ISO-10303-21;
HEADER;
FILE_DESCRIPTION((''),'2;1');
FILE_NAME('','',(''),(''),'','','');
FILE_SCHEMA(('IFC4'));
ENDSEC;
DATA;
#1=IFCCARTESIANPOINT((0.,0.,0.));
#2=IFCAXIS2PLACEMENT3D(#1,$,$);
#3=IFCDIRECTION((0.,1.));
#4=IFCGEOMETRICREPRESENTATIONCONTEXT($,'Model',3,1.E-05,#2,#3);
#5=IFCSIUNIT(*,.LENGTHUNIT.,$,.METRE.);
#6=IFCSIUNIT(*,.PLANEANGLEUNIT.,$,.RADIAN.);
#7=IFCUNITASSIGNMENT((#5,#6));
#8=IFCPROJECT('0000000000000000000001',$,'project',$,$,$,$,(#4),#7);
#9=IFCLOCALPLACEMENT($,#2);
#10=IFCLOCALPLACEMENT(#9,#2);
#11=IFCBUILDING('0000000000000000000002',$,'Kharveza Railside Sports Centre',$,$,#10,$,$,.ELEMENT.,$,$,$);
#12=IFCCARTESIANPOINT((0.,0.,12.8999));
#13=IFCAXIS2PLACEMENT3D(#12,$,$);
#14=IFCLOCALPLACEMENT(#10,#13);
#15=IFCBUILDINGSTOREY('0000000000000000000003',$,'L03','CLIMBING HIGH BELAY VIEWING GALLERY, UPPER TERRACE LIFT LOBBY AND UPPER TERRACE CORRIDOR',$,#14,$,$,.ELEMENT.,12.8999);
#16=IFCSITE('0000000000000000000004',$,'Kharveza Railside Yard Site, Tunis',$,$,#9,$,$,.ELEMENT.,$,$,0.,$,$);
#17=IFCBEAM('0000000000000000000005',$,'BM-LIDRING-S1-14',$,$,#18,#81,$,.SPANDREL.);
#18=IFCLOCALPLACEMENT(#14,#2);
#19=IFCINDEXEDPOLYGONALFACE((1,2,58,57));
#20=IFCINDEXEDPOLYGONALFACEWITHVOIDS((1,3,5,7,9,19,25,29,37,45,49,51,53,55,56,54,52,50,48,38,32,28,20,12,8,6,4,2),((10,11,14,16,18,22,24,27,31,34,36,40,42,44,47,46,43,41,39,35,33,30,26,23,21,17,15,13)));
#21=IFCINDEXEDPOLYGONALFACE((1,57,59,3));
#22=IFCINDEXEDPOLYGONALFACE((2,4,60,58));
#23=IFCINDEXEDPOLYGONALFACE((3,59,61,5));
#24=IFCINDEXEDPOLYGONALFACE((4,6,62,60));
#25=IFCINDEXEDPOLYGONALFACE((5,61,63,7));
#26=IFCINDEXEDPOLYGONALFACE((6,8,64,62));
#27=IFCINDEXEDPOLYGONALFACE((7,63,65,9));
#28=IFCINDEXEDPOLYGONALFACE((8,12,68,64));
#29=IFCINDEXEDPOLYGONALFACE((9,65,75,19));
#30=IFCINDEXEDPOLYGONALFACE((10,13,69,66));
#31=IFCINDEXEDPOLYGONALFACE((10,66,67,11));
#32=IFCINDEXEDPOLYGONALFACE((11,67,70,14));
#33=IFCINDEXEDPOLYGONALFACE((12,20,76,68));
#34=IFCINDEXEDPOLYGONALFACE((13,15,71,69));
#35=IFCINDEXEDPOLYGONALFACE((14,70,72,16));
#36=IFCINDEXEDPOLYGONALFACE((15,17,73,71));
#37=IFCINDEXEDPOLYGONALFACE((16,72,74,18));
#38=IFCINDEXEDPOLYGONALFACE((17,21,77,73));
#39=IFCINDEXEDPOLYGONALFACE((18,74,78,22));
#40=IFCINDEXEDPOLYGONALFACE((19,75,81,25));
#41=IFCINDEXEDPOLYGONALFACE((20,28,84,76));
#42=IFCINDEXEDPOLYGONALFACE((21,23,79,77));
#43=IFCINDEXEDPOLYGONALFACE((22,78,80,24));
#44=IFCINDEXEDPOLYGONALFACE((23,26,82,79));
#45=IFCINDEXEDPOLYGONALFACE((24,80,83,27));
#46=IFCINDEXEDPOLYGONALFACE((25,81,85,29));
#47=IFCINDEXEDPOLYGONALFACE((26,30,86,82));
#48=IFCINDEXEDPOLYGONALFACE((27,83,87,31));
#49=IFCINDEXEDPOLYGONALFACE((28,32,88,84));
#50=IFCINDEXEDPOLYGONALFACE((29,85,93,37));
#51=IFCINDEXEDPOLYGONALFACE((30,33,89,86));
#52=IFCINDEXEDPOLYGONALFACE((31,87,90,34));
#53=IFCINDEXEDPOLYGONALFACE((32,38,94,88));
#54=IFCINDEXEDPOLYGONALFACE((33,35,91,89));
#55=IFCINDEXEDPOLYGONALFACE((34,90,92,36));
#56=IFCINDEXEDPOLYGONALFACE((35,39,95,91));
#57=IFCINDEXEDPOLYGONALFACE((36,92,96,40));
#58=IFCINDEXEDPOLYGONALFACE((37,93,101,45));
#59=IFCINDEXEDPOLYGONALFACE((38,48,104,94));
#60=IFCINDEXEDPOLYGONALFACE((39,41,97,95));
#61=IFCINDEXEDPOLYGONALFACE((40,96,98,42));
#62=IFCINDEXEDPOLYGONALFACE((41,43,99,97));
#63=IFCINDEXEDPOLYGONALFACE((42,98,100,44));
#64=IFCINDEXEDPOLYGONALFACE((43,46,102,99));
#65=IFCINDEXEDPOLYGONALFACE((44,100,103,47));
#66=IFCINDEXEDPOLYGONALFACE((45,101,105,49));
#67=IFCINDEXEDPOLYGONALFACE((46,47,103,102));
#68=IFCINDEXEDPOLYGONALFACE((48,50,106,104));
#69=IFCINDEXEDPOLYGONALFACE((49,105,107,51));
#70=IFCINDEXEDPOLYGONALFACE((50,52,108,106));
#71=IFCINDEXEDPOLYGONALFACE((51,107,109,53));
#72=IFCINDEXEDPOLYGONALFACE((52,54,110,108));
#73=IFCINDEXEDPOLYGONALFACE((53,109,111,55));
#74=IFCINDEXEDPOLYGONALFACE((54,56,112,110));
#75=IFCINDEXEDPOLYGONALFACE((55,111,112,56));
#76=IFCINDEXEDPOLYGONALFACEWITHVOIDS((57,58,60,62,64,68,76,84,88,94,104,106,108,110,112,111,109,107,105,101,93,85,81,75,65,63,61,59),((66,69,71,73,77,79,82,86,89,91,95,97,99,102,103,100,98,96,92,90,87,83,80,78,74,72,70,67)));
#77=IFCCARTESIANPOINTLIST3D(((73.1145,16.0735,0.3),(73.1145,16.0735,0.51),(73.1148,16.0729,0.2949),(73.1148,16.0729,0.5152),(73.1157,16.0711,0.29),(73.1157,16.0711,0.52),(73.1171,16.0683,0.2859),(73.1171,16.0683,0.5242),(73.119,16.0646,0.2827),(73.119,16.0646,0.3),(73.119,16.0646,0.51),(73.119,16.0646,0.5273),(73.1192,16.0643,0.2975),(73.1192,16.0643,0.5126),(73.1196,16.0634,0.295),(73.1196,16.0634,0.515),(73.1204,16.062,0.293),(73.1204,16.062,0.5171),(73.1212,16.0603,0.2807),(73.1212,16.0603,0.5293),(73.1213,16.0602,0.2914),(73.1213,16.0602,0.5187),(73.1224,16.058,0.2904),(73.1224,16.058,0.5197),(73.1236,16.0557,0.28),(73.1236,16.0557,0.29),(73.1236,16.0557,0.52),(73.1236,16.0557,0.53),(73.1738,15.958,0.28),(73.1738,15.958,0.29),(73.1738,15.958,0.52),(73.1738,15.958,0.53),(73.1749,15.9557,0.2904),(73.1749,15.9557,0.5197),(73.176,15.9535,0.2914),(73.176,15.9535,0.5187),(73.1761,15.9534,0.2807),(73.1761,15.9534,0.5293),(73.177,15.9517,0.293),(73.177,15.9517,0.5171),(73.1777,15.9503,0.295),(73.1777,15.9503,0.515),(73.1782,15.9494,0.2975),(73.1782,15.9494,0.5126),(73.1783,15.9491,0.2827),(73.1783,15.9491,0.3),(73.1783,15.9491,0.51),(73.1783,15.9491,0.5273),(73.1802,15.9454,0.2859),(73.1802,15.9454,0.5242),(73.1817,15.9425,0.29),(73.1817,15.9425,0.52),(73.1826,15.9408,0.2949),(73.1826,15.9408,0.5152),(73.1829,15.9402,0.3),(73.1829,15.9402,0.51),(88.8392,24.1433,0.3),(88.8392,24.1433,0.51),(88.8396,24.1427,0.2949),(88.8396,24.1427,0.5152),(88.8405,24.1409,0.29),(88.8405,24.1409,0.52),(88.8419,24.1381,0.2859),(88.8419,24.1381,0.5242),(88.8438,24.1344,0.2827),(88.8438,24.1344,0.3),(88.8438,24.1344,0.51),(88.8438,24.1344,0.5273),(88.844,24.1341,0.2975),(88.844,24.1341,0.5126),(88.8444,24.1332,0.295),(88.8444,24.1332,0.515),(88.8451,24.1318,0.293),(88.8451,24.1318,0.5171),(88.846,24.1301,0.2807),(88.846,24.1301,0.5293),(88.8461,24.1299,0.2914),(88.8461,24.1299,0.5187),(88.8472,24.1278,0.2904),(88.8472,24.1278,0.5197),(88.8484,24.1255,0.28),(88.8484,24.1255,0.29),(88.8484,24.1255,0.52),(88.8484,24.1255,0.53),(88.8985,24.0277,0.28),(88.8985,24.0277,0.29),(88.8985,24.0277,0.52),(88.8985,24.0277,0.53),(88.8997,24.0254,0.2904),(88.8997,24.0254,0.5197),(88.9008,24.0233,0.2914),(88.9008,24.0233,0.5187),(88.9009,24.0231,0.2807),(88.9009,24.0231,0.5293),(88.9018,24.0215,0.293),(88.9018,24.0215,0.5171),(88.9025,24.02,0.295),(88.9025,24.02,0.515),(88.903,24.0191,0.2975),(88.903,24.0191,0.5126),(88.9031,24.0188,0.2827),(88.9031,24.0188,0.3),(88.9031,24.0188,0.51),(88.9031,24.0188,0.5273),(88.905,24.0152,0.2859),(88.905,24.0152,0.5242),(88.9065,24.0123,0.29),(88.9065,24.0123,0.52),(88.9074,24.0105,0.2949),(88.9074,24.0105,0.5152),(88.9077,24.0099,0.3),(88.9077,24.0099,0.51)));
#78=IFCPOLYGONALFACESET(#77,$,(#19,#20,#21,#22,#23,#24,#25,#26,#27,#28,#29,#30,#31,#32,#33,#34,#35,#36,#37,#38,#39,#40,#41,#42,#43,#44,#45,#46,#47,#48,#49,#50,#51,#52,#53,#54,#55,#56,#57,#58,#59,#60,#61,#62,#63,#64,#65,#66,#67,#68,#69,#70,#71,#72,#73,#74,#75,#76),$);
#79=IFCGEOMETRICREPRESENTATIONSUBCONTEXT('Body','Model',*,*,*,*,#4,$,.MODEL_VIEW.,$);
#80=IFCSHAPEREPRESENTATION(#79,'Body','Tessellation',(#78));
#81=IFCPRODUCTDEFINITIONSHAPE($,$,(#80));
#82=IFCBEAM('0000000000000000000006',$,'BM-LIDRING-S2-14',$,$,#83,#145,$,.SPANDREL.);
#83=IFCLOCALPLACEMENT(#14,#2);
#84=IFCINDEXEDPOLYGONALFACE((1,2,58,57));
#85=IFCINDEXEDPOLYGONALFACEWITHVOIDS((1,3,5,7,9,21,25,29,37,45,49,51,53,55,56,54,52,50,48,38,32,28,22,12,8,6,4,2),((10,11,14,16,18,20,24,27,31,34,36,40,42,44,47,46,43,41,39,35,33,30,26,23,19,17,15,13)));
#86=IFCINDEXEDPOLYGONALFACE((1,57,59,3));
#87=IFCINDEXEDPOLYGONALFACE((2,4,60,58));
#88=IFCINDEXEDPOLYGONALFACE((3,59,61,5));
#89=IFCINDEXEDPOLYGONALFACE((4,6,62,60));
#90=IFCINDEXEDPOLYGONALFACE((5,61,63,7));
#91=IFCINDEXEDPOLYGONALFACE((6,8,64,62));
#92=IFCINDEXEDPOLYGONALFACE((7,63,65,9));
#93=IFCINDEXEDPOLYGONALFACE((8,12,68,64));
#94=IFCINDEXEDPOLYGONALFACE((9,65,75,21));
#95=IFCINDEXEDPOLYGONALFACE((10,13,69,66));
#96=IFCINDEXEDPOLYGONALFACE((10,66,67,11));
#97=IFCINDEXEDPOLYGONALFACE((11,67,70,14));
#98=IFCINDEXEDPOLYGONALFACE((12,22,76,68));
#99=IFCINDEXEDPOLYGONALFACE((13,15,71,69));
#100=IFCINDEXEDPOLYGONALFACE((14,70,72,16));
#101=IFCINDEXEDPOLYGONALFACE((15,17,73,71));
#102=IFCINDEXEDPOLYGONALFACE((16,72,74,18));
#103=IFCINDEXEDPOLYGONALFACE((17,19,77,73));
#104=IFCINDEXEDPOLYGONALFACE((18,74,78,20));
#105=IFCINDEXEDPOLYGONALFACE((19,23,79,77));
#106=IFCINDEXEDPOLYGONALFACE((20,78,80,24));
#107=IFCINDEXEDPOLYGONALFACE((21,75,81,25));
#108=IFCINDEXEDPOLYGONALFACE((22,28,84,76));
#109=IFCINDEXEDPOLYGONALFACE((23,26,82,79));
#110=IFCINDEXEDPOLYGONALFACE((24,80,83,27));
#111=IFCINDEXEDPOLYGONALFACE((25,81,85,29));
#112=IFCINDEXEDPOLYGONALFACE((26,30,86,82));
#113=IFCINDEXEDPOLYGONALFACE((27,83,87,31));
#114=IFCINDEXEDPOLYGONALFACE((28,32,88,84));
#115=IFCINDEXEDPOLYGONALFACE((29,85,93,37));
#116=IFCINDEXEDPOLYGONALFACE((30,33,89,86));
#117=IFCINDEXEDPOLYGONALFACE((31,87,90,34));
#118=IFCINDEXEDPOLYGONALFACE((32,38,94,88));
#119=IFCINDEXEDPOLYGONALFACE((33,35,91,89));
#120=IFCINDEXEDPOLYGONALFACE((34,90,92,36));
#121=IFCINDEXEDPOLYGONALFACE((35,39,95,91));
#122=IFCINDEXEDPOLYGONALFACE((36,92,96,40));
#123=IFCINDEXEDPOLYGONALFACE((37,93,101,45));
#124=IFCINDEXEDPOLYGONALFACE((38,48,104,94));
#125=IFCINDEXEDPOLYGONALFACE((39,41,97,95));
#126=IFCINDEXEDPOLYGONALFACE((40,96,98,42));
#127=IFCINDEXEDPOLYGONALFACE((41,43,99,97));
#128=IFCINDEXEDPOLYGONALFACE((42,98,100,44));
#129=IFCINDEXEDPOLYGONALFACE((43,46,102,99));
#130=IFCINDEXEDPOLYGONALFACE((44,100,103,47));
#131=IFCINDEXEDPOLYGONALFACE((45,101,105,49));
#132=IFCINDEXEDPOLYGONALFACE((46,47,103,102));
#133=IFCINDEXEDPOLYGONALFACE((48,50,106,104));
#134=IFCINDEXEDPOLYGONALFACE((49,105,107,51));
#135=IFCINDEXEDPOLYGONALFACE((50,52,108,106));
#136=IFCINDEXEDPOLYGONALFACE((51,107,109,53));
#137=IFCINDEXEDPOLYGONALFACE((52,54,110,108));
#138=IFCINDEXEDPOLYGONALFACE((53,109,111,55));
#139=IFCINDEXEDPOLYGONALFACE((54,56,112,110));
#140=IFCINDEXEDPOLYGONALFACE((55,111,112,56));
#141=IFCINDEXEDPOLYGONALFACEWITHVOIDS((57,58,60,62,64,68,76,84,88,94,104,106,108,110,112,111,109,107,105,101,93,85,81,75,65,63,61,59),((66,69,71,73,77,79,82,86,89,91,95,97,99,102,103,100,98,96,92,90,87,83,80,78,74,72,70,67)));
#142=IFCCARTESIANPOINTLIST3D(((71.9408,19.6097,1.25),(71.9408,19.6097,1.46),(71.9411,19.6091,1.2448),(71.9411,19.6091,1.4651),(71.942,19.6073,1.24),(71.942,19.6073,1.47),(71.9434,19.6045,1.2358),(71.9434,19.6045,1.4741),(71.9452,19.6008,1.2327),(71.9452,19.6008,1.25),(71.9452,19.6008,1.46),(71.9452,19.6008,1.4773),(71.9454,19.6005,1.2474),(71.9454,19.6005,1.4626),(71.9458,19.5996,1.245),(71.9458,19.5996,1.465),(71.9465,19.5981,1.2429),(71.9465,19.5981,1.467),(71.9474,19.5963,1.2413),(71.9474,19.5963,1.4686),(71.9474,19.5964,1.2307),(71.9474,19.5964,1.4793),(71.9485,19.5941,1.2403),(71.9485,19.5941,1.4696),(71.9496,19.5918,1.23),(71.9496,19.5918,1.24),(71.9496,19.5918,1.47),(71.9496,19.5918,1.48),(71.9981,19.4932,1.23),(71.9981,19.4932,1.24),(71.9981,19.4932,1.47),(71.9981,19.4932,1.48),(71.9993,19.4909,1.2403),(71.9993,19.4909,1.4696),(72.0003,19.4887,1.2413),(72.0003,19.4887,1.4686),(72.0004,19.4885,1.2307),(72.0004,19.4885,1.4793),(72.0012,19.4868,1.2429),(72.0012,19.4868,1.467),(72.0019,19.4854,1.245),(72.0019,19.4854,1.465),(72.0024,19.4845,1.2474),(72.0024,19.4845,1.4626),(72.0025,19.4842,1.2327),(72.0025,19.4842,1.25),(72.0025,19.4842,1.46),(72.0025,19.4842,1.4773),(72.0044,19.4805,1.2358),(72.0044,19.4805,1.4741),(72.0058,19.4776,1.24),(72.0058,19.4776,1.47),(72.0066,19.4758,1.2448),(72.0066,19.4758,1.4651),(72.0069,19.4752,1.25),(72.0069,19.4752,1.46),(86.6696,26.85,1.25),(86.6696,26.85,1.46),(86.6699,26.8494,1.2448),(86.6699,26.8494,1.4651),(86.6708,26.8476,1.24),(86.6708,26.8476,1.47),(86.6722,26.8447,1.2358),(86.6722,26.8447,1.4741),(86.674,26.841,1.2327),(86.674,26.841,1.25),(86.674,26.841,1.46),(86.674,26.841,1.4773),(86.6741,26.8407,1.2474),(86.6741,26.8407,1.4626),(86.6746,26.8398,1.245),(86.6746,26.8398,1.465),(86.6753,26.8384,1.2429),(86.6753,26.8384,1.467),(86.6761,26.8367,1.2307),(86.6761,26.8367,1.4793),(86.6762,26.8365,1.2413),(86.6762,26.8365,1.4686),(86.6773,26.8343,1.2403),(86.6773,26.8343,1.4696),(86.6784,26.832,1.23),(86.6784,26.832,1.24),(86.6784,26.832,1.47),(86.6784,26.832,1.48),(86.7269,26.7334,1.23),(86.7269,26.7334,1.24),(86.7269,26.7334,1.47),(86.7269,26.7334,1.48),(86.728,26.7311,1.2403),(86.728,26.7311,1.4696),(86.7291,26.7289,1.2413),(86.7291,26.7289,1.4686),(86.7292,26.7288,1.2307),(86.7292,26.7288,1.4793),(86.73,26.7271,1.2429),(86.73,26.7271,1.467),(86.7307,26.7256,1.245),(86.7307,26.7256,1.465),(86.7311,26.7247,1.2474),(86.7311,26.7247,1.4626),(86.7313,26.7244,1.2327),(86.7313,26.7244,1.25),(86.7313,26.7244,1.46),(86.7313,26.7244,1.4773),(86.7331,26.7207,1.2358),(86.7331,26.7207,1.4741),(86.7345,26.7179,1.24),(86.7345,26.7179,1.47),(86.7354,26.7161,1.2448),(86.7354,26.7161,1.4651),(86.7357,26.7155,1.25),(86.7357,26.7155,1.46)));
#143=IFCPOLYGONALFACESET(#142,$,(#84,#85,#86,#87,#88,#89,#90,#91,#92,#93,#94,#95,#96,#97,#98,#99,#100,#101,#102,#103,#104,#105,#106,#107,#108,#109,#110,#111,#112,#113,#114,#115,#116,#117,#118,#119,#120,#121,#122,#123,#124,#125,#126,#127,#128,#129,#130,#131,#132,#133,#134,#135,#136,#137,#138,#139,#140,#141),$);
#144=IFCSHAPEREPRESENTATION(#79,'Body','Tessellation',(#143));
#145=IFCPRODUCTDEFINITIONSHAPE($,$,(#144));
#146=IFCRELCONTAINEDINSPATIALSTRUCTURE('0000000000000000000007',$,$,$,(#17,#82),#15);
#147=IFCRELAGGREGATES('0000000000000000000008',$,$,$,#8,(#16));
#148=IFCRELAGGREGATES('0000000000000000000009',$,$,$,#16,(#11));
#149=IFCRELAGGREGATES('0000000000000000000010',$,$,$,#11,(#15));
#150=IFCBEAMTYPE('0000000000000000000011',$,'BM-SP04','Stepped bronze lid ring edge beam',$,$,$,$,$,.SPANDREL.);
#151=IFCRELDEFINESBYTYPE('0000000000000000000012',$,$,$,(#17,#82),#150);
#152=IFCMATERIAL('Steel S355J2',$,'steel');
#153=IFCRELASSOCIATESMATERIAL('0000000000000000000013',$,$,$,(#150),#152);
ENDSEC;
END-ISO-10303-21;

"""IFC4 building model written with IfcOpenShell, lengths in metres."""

from ifc_helpers import new_model, si_unit, direction, frame, origin, origin_2d, place, context, subcontext, project, spatial, hollow_rectangle, extrude, material, material_profile, profile_set, type_object, element, save


model = new_model("IFC4")

# Units and contexts
model_context = context("Model", 3, precision=1e-05, world=origin(), true_north=direction((0.0, 1.0)))
body_context = subcontext(model_context, "Body", "Model", "MODEL_VIEW")
ifc_project = project(units=[si_unit("LENGTHUNIT", "METRE"), si_unit("PLANEANGLEUNIT", "RADIAN")], contexts=[model_context])

# Site, building, storey
site_placement = place(None, origin())
site = spatial("IfcSite", under=ifc_project, at=site_placement, Name="Kharveza Railside Yard Site, Tunis", CompositionType="ELEMENT", RefElevation=0.0)
building_placement = place(site_placement, origin())
building = spatial("IfcBuilding", under=site, at=building_placement, Name="Kharveza Railside Sports Centre", CompositionType="ELEMENT")
storey_placement = place(building_placement, frame((0.0, 0.0, 12.8999)))
storey = spatial("IfcBuildingStorey", under=building, at=storey_placement, Name="L03", Description="CLIMBING HIGH BELAY VIEWING GALLERY, UPPER TERRACE LIFT LOBBY AND UPPER TERRACE CORRIDOR", CompositionType="ELEMENT", Elevation=12.8999)

# Beams
ifc_material_1 = material(Name="Steel S355J2", Category="steel")
ifc_material_profile_1 = material_profile(ifc_material_1, hollow_rectangle(XDim=0.1499, YDim=0.25, WallThickness=0.01, InnerFilletRadius=0.01, OuterFilletRadius=0.02, at=origin_2d()), Name="RHS 150x250x10.0")
ifc_profile_set_1 = profile_set([ifc_material_profile_1], Name="Steel S355J2")
beam_type = type_object("IfcBeamType", Name="BM-SP04", Description="Stepped bronze lid ring edge beam", PredefinedType="SPANDREL", material=ifc_profile_set_1)
beam_1_placement = place(storey_placement, frame((73.1487, 16.0068, 0.405), z_axis=(0.889684, 0.456576, 0.0), x_axis=(-0.456576, 0.889684, 0.0)))
element("IfcBeam", 1, at=beam_1_placement, inside=storey, type_object=beam_type, Name="BM-LIDRING-S1-14", PredefinedType="SPANDREL", context=body_context, shape_type="SweptSolid", body=[
    extrude(hollow_rectangle(XDim=0.1499, YDim=0.25, WallThickness=0.01, InnerFilletRadius=0.01, OuterFilletRadius=0.02, at=origin_2d()), origin(), (0.0, 0.0, 1.0), 17.6746),
])
beam_2_placement = place(storey_placement, frame((71.9739, 19.5425, 1.355), z_axis=(0.897432, 0.441152, 0.0), x_axis=(-0.441152, 0.897432, 0.0)))
element("IfcBeam", 2, at=beam_2_placement, inside=storey, type_object=beam_type, Name="BM-LIDRING-S2-14", PredefinedType="SPANDREL", context=body_context, shape_type="SweptSolid", body=[
    extrude(hollow_rectangle(XDim=0.1499, YDim=0.25, WallThickness=0.01, InnerFilletRadius=0.01, OuterFilletRadius=0.02, at=origin_2d()), origin(), (0.0, 0.0, 1.0), 16.4121),
])

save(model, "model.ifc")
